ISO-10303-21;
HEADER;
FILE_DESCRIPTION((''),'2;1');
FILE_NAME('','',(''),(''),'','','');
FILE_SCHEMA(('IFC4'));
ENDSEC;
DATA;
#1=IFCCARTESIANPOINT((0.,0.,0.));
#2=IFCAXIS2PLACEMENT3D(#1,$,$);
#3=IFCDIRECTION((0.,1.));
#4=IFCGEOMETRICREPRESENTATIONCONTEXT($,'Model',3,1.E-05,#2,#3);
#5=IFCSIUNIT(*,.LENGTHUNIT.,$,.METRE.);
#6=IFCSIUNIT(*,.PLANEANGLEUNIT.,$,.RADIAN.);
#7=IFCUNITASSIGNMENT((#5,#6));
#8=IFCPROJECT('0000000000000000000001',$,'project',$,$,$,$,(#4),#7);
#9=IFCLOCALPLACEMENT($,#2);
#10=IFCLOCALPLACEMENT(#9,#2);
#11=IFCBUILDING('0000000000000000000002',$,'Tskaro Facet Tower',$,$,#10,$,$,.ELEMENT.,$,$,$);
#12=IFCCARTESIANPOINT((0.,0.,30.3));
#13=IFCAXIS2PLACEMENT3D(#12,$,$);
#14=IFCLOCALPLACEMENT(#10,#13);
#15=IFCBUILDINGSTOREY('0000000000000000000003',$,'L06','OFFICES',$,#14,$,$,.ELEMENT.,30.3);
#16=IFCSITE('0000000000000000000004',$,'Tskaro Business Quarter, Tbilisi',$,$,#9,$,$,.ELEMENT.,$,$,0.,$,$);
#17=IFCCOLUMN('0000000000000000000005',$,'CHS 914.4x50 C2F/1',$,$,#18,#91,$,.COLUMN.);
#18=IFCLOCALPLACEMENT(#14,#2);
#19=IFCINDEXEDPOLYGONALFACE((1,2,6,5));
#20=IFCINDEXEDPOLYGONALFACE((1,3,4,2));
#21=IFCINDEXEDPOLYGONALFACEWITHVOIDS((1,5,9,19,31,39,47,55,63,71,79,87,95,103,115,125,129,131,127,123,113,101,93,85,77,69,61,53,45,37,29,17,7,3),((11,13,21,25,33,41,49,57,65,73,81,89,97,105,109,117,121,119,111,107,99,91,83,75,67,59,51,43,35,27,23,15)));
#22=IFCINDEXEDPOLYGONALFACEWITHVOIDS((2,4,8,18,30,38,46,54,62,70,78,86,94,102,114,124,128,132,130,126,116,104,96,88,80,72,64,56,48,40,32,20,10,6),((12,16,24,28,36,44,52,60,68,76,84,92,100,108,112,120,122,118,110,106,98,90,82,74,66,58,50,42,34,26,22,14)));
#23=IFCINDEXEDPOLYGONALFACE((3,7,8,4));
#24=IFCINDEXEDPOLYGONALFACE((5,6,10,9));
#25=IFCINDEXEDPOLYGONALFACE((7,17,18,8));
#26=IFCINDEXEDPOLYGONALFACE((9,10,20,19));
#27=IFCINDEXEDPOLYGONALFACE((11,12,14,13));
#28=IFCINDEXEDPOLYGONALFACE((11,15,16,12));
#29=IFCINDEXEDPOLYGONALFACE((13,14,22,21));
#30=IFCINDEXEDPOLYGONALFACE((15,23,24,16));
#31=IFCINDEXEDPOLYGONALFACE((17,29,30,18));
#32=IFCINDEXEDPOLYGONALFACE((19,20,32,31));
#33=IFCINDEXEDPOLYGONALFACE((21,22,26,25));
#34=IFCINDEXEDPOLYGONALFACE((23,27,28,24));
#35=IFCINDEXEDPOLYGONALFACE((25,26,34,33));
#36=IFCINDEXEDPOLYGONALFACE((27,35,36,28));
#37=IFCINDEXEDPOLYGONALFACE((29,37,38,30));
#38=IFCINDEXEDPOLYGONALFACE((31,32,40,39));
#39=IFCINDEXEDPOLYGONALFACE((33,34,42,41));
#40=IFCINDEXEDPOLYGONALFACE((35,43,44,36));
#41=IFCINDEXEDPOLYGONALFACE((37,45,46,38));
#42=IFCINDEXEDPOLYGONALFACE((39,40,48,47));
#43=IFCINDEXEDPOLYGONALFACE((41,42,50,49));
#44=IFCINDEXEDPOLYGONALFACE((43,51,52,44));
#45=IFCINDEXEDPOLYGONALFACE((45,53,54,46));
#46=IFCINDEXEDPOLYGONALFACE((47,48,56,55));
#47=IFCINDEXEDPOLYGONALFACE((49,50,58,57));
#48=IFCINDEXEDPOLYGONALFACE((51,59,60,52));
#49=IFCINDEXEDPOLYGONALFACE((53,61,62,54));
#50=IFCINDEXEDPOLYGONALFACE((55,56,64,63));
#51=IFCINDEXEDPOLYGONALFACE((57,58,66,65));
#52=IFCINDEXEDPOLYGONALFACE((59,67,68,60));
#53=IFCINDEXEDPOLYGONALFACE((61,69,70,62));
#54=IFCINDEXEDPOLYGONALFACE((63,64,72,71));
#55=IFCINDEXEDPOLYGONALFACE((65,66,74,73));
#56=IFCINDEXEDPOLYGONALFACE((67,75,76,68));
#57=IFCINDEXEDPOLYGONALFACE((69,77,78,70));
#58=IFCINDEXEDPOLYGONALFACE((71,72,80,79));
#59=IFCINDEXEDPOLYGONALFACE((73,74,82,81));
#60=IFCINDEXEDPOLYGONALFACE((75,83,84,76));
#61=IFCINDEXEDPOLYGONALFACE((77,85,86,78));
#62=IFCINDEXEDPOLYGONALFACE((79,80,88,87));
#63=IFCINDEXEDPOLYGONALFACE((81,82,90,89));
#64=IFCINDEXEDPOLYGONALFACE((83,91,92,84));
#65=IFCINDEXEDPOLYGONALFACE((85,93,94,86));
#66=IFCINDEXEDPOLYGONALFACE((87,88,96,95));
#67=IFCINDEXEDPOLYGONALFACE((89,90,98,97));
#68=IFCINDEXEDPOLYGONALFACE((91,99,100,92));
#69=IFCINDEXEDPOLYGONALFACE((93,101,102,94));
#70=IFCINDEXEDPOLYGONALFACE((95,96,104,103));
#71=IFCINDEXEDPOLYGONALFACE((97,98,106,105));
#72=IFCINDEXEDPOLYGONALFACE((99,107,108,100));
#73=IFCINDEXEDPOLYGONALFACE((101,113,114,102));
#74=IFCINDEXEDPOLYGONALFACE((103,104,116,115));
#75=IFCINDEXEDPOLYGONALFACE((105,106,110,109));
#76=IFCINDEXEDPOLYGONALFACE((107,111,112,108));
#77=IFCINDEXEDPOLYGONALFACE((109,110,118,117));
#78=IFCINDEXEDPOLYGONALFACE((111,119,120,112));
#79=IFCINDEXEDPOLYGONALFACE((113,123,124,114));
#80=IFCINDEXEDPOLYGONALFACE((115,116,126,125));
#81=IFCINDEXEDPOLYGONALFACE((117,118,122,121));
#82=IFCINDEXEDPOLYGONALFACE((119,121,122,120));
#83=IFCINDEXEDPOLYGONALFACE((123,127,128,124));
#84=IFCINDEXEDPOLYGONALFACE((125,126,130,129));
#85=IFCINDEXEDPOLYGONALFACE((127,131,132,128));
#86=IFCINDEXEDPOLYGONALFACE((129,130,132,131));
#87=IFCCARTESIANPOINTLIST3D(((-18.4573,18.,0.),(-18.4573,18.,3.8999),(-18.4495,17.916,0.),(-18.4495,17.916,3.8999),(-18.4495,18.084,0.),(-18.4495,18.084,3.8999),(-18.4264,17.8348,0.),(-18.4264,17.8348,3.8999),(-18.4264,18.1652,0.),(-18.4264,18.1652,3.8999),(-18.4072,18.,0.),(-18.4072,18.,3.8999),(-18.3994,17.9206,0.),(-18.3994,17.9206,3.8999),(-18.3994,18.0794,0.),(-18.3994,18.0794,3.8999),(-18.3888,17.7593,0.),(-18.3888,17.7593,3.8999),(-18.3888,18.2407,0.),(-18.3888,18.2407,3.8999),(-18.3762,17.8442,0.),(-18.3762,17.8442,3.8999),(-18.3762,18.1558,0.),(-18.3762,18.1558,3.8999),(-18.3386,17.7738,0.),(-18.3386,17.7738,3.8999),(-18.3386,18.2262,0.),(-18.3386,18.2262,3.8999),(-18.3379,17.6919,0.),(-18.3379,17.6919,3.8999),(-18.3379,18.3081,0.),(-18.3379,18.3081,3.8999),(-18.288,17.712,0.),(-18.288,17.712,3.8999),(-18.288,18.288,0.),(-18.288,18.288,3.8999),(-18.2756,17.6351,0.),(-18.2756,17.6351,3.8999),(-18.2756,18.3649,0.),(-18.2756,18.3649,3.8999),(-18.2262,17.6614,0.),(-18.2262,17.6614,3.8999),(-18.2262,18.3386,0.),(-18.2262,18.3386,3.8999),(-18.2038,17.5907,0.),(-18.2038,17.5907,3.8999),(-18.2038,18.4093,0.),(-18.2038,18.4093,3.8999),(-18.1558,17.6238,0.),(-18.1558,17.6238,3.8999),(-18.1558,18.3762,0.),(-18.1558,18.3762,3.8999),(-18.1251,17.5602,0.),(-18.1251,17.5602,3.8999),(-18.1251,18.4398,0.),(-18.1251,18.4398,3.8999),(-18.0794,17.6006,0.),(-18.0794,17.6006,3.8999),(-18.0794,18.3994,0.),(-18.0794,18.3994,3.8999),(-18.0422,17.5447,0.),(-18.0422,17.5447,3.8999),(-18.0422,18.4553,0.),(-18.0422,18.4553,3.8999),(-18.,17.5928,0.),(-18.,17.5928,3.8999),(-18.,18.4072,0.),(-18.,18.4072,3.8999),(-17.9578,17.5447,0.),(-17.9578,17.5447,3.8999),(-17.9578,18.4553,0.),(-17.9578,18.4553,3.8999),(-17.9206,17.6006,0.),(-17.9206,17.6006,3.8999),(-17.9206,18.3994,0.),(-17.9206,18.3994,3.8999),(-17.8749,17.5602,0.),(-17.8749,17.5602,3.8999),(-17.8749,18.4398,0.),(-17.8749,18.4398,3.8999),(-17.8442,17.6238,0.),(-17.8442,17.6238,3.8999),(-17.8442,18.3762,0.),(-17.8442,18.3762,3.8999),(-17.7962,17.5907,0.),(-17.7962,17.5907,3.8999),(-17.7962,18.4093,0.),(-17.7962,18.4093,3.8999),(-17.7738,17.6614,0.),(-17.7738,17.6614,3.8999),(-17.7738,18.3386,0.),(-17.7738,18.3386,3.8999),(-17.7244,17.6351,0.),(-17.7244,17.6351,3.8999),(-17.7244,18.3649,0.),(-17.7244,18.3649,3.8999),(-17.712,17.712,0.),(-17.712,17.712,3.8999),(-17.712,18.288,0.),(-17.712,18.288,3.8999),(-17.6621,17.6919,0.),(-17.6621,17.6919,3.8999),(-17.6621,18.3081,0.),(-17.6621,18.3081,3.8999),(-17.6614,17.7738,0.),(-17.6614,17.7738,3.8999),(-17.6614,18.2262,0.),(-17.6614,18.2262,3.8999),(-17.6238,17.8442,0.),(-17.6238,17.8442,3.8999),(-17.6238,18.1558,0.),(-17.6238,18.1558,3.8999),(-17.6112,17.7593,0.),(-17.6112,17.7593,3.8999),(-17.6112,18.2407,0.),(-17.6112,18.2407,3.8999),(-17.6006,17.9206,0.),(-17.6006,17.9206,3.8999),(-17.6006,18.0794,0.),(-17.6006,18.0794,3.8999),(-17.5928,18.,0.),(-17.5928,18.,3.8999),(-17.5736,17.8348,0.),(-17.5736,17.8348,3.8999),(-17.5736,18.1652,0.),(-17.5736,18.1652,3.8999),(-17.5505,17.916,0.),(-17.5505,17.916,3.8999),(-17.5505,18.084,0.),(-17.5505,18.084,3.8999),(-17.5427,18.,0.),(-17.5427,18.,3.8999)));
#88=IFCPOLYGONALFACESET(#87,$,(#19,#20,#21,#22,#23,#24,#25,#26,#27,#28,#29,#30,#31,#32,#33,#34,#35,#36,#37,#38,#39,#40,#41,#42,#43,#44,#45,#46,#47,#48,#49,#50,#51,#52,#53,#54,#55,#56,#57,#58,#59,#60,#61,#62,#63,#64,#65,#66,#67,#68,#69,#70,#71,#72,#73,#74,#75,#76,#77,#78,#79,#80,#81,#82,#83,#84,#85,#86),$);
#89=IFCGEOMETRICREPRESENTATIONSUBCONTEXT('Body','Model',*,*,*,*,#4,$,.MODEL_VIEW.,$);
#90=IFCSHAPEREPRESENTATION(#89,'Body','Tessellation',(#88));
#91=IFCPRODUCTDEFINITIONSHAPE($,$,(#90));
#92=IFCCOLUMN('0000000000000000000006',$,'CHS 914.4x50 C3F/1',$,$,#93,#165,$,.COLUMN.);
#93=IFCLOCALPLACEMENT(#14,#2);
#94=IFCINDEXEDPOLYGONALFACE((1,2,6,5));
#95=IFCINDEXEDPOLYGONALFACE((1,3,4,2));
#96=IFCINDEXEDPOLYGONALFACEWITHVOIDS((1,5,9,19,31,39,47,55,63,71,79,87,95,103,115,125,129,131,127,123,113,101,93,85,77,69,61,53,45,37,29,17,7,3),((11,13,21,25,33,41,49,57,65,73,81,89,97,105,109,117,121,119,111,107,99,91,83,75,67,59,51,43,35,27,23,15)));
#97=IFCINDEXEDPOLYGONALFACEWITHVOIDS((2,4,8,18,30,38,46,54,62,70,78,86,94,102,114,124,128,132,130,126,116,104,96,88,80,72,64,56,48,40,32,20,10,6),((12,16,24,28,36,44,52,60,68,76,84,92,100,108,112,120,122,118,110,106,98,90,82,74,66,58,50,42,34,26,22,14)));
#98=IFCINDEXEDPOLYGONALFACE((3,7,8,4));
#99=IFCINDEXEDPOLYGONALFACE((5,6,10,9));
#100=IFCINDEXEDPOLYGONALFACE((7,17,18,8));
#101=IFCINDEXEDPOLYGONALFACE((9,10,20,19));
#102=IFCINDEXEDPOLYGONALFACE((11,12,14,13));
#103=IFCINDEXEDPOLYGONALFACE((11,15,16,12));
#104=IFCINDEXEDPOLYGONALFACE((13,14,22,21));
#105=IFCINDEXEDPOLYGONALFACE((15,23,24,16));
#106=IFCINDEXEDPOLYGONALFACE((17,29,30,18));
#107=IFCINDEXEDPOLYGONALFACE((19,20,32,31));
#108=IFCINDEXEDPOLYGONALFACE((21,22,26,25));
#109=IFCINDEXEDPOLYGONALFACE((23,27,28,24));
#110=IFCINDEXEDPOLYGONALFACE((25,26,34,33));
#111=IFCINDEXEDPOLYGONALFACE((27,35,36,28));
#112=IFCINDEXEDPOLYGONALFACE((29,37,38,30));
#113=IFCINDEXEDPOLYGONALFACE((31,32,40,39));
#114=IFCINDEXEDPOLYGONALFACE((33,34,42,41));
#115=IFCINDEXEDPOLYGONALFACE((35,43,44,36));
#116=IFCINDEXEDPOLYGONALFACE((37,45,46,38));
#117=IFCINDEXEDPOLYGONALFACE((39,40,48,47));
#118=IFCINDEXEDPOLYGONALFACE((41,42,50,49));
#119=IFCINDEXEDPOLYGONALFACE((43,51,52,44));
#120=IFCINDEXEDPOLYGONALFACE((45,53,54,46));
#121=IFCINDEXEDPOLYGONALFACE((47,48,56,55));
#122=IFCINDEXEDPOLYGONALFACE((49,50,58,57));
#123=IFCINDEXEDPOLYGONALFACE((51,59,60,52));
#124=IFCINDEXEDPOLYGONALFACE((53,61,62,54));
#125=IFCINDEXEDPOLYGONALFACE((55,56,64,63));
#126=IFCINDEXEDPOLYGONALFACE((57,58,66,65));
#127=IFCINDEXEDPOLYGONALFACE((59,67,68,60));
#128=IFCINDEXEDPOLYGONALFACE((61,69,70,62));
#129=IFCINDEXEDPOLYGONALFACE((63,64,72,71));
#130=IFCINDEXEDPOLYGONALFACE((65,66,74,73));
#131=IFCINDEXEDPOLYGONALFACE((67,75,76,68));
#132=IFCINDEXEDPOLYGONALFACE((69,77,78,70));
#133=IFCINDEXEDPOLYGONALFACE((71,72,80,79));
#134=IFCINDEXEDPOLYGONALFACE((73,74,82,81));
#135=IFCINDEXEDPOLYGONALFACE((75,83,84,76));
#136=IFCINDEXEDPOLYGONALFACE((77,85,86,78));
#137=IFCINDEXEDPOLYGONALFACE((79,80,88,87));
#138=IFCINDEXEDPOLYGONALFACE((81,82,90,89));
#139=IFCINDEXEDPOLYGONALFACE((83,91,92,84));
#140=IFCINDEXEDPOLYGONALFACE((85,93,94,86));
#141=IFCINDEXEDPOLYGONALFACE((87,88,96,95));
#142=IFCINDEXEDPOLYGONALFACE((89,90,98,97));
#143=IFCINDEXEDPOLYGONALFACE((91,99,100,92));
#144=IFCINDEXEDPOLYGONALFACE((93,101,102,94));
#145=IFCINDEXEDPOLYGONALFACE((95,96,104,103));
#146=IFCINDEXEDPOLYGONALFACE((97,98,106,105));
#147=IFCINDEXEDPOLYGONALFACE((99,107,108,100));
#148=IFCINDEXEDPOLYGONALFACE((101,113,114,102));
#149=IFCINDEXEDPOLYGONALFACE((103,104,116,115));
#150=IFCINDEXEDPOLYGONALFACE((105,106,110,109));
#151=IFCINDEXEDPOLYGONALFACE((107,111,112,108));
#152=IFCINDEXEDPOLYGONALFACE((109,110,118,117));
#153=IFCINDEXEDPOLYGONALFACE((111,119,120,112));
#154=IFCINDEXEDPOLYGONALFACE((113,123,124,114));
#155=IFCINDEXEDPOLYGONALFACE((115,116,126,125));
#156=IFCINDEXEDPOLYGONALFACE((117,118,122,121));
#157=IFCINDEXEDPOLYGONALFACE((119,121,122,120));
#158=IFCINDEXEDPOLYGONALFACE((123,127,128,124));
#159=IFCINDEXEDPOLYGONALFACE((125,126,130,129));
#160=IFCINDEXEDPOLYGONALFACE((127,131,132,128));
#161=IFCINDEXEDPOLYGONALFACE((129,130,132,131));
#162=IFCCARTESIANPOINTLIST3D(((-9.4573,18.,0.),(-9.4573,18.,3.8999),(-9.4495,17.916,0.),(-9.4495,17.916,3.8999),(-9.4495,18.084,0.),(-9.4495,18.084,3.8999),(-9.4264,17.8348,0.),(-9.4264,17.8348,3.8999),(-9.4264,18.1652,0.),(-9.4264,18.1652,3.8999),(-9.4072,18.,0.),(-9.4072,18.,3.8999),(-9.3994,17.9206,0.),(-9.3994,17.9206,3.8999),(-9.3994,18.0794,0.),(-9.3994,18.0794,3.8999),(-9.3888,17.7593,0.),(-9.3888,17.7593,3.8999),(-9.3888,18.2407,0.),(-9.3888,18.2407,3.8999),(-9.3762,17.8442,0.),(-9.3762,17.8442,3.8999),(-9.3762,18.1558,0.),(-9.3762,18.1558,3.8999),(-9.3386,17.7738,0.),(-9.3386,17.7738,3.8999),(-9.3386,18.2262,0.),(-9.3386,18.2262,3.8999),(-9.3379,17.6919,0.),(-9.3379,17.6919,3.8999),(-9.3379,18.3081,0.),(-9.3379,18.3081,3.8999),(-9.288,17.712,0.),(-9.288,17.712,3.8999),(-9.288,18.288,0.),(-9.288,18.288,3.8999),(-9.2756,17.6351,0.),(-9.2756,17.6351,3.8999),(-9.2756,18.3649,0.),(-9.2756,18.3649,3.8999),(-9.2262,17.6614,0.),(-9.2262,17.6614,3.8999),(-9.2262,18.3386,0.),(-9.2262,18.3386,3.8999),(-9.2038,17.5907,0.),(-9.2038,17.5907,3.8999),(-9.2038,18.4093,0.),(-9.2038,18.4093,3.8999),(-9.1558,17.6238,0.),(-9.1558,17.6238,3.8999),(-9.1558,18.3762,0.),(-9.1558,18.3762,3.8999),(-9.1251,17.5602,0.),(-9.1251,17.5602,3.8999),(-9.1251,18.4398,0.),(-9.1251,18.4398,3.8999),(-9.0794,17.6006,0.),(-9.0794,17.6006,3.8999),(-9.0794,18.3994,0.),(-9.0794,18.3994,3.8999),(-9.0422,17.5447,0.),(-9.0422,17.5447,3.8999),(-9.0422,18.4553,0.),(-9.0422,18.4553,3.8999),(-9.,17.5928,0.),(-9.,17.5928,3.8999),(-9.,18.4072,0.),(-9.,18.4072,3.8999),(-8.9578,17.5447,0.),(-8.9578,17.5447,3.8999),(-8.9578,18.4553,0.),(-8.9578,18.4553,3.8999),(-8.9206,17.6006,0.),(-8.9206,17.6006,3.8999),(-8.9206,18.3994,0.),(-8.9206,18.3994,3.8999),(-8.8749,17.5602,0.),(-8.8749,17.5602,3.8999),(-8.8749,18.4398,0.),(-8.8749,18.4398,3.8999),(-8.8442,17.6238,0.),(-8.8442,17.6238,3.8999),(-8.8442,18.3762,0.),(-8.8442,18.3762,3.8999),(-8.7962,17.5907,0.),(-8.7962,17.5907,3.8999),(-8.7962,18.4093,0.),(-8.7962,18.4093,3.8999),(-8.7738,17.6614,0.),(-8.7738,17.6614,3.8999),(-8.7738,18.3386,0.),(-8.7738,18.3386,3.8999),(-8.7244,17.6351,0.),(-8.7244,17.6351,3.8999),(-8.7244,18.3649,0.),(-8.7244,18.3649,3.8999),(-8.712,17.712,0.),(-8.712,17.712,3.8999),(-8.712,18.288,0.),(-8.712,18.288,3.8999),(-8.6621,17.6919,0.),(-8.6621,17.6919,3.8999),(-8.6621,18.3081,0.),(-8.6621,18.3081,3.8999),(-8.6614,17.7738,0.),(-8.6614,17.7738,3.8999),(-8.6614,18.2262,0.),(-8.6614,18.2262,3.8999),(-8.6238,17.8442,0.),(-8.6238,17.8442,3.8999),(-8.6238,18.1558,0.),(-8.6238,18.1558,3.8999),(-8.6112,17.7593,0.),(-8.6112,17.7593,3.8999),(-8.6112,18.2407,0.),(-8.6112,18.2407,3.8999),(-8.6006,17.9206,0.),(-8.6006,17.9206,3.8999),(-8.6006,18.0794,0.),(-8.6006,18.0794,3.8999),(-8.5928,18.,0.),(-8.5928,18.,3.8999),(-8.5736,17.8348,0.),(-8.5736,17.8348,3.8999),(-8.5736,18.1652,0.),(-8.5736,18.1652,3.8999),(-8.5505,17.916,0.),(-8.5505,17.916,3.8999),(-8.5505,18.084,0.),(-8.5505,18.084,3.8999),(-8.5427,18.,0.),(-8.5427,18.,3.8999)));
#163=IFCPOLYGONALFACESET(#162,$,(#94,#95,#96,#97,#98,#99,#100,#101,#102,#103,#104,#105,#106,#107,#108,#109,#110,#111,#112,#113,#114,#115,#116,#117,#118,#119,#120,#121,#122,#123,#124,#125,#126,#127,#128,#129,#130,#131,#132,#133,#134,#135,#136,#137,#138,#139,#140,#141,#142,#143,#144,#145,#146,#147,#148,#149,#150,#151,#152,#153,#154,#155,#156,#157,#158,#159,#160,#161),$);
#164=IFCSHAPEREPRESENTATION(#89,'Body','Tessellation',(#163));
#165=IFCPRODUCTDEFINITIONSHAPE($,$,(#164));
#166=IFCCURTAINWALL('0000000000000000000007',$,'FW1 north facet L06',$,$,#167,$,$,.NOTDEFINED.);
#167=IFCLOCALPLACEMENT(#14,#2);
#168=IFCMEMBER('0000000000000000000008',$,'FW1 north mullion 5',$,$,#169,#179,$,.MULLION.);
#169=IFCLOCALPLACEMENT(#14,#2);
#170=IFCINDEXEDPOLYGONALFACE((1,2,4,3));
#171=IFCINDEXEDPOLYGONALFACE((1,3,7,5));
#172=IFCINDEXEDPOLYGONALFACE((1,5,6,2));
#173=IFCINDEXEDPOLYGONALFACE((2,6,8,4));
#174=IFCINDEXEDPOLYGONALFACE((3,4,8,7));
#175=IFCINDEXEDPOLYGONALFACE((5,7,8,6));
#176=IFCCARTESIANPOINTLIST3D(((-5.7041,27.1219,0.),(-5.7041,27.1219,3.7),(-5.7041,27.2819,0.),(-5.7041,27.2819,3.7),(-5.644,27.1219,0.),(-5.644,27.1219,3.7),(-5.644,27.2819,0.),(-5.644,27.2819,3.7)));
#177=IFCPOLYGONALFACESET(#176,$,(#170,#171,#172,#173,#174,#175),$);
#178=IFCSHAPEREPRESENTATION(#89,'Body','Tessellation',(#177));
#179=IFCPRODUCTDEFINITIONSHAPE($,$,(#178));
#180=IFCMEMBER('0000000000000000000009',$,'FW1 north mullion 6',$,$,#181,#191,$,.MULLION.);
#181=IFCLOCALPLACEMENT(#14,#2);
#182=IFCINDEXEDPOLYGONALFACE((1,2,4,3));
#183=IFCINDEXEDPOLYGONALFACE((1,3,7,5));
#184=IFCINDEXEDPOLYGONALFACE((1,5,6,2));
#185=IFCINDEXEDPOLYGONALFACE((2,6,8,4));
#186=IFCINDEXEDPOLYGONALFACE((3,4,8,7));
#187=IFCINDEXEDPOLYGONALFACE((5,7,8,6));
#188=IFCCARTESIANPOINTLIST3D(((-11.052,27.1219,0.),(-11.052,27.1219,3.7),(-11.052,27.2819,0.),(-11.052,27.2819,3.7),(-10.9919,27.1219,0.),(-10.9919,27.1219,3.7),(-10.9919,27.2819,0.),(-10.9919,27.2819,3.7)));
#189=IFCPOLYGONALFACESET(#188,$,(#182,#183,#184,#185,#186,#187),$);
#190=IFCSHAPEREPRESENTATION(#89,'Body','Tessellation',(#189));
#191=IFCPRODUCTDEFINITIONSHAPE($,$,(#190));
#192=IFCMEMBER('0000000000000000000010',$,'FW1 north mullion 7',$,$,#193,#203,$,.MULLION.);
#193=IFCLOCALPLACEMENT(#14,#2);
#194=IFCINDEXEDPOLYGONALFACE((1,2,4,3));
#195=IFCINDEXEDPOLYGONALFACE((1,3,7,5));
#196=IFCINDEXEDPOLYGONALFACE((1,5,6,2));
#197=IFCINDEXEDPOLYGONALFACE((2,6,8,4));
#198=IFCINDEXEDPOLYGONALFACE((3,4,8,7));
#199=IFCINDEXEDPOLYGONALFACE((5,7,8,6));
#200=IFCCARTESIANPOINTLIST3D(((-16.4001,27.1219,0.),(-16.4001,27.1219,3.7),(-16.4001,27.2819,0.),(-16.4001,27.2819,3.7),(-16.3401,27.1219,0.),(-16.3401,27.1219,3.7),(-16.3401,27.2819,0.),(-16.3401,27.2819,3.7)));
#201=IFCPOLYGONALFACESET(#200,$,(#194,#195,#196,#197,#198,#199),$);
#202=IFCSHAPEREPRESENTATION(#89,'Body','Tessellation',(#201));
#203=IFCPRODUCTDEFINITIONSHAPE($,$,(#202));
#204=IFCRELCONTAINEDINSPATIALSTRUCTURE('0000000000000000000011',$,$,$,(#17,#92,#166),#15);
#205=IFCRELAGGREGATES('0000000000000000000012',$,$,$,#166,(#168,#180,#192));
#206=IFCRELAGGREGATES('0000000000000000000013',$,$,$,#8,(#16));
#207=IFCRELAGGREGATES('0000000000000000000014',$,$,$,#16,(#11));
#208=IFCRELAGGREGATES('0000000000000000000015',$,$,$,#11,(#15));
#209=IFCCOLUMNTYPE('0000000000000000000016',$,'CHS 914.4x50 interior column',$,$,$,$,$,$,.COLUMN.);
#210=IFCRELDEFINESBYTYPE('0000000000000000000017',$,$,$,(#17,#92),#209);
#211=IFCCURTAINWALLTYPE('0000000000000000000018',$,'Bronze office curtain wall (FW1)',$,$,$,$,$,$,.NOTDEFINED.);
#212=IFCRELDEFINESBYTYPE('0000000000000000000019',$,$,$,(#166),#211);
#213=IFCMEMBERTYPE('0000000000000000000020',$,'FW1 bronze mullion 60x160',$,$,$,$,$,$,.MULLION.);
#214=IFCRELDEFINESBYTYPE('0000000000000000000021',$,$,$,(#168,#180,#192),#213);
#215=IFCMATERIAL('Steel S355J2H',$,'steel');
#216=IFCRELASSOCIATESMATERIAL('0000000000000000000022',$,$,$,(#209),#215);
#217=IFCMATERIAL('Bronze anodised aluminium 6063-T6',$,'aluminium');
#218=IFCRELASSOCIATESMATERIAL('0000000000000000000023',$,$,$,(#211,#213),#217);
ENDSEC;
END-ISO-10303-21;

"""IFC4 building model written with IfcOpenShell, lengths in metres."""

from ifc_helpers import new_model, si_unit, direction, frame, origin, origin_2d, place, context, subcontext, project, spatial, rectangle, hollow_circle, extrude, material, material_profile, profile_set, type_object, element, aggregate, save


model = new_model("IFC4")

# Units and contexts
model_context = context("Model", 3, precision=1e-05, world=origin(), true_north=direction((0.0, 1.0)))
body_context = subcontext(model_context, "Body", "Model", "MODEL_VIEW")
ifc_project = project(units=[si_unit("LENGTHUNIT", "METRE"), si_unit("PLANEANGLEUNIT", "RADIAN")], contexts=[model_context])

# Site, building, storey
site_placement = place(None, origin())
site = spatial("IfcSite", under=ifc_project, at=site_placement, Name="Tskaro Business Quarter, Tbilisi", CompositionType="ELEMENT", RefElevation=0.0)
building_placement = place(site_placement, origin())
building = spatial("IfcBuilding", under=site, at=building_placement, Name="Tskaro Facet Tower", CompositionType="ELEMENT")
storey_placement = place(building_placement, frame((0.0, 0.0, 30.3)))
storey = spatial("IfcBuildingStorey", under=building, at=storey_placement, Name="L06", Description="OFFICES", CompositionType="ELEMENT", Elevation=30.3)

# Columns
ifc_material_1 = material(Name="Steel S355J2H", Category="steel")
ifc_material_profile_1 = material_profile(ifc_material_1, hollow_circle(Radius=0.4573, WallThickness=0.05, at=origin_2d()), Name="CHS 914.4x50")
ifc_profile_set_1 = profile_set([ifc_material_profile_1], Name="Steel S355J2H")
column_type_1 = type_object("IfcColumnType", Name="CHS 914.4x50 interior column", PredefinedType="COLUMN", material=ifc_profile_set_1)
for number, where, z_axis, x_axis, name in (
    (1, (-18.0, 18.0, 0.0), (0.0, 0.0, 1.0), (1.0, 0.0, 0.0), "CHS 914.4x50 C2F/1"),
    (2, (-9.0, 18.0, 0.0), (0.0, 0.0, 1.0), (1.0, 0.0, 0.0), "CHS 914.4x50 C3F/1"),
):
    element("IfcColumn", number, at=place(storey_placement, frame(where, z_axis=z_axis, x_axis=x_axis)), inside=storey, type_object=column_type_1, Name=name, PredefinedType="COLUMN", context=body_context, shape_type="SweptSolid", body=[
        extrude(hollow_circle(Radius=0.4573, WallThickness=0.05, at=origin_2d()), origin(), (0.0, 0.0, 1.0), 3.8999),
    ])

# Curtain wall, members
ifc_material_2 = material(Name="Bronze anodised aluminium 6063-T6", Category="aluminium")
curtain_wall_type = type_object("IfcCurtainWallType", Name="Bronze office curtain wall (FW1)", PredefinedType="NOTDEFINED", material=ifc_material_2)
curtain_wall_placement = place(storey_placement, origin())
curtain_wall = element("IfcCurtainWall", 3, at=curtain_wall_placement, inside=storey, type_object=curtain_wall_type, Name="FW1 north facet L06", PredefinedType="NOTDEFINED")
ifc_material_profile_2 = material_profile(ifc_material_2, rectangle(XDim=0.0601, YDim=0.1599, at=origin_2d()), Name="Mullion 60x160")
ifc_profile_set_2 = profile_set([ifc_material_profile_2], Name="Bronze anodised aluminium 6063-T6")
member_type_1 = type_object("IfcMemberType", Name="FW1 bronze mullion 60x160", PredefinedType="MULLION", material=ifc_profile_set_2)
member_1_placement = place(storey_placement, frame((-5.6741, 27.2019, 0.0), z_axis=(0.0, 0.0, 1.0), x_axis=(-1.0, 0.0, 0.0)))
member_1 = element("IfcMember", 4, at=member_1_placement, type_object=member_type_1, Name="FW1 north mullion 5", PredefinedType="MULLION", context=body_context, shape_type="SweptSolid", body=[
    extrude(rectangle(XDim=0.0601, YDim=0.1599, at=origin_2d()), origin(), (0.0, 0.0, 1.0), 3.7),
])
member_2_placement = place(storey_placement, frame((-11.022, 27.2019, 0.0), z_axis=(0.0, 0.0, 1.0), x_axis=(-1.0, 0.0, 0.0)))
member_2 = element("IfcMember", 5, at=member_2_placement, type_object=member_type_1, Name="FW1 north mullion 6", PredefinedType="MULLION", context=body_context, shape_type="SweptSolid", body=[
    extrude(rectangle(XDim=0.0601, YDim=0.1599, at=origin_2d()), origin(), (0.0, 0.0, 1.0), 3.7),
])
member_3_placement = place(storey_placement, frame((-16.3701, 27.2019, 0.0), z_axis=(0.0, 0.0, 1.0), x_axis=(-1.0, 0.0, 0.0)))
member_3 = element("IfcMember", 6, at=member_3_placement, type_object=member_type_1, Name="FW1 north mullion 7", PredefinedType="MULLION", context=body_context, shape_type="SweptSolid", body=[
    extrude(rectangle(XDim=0.0601, YDim=0.1599, at=origin_2d()), origin(), (0.0, 0.0, 1.0), 3.7),
])

aggregate(curtain_wall, [member_1, member_2, member_3])

save(model, "model.ifc")
